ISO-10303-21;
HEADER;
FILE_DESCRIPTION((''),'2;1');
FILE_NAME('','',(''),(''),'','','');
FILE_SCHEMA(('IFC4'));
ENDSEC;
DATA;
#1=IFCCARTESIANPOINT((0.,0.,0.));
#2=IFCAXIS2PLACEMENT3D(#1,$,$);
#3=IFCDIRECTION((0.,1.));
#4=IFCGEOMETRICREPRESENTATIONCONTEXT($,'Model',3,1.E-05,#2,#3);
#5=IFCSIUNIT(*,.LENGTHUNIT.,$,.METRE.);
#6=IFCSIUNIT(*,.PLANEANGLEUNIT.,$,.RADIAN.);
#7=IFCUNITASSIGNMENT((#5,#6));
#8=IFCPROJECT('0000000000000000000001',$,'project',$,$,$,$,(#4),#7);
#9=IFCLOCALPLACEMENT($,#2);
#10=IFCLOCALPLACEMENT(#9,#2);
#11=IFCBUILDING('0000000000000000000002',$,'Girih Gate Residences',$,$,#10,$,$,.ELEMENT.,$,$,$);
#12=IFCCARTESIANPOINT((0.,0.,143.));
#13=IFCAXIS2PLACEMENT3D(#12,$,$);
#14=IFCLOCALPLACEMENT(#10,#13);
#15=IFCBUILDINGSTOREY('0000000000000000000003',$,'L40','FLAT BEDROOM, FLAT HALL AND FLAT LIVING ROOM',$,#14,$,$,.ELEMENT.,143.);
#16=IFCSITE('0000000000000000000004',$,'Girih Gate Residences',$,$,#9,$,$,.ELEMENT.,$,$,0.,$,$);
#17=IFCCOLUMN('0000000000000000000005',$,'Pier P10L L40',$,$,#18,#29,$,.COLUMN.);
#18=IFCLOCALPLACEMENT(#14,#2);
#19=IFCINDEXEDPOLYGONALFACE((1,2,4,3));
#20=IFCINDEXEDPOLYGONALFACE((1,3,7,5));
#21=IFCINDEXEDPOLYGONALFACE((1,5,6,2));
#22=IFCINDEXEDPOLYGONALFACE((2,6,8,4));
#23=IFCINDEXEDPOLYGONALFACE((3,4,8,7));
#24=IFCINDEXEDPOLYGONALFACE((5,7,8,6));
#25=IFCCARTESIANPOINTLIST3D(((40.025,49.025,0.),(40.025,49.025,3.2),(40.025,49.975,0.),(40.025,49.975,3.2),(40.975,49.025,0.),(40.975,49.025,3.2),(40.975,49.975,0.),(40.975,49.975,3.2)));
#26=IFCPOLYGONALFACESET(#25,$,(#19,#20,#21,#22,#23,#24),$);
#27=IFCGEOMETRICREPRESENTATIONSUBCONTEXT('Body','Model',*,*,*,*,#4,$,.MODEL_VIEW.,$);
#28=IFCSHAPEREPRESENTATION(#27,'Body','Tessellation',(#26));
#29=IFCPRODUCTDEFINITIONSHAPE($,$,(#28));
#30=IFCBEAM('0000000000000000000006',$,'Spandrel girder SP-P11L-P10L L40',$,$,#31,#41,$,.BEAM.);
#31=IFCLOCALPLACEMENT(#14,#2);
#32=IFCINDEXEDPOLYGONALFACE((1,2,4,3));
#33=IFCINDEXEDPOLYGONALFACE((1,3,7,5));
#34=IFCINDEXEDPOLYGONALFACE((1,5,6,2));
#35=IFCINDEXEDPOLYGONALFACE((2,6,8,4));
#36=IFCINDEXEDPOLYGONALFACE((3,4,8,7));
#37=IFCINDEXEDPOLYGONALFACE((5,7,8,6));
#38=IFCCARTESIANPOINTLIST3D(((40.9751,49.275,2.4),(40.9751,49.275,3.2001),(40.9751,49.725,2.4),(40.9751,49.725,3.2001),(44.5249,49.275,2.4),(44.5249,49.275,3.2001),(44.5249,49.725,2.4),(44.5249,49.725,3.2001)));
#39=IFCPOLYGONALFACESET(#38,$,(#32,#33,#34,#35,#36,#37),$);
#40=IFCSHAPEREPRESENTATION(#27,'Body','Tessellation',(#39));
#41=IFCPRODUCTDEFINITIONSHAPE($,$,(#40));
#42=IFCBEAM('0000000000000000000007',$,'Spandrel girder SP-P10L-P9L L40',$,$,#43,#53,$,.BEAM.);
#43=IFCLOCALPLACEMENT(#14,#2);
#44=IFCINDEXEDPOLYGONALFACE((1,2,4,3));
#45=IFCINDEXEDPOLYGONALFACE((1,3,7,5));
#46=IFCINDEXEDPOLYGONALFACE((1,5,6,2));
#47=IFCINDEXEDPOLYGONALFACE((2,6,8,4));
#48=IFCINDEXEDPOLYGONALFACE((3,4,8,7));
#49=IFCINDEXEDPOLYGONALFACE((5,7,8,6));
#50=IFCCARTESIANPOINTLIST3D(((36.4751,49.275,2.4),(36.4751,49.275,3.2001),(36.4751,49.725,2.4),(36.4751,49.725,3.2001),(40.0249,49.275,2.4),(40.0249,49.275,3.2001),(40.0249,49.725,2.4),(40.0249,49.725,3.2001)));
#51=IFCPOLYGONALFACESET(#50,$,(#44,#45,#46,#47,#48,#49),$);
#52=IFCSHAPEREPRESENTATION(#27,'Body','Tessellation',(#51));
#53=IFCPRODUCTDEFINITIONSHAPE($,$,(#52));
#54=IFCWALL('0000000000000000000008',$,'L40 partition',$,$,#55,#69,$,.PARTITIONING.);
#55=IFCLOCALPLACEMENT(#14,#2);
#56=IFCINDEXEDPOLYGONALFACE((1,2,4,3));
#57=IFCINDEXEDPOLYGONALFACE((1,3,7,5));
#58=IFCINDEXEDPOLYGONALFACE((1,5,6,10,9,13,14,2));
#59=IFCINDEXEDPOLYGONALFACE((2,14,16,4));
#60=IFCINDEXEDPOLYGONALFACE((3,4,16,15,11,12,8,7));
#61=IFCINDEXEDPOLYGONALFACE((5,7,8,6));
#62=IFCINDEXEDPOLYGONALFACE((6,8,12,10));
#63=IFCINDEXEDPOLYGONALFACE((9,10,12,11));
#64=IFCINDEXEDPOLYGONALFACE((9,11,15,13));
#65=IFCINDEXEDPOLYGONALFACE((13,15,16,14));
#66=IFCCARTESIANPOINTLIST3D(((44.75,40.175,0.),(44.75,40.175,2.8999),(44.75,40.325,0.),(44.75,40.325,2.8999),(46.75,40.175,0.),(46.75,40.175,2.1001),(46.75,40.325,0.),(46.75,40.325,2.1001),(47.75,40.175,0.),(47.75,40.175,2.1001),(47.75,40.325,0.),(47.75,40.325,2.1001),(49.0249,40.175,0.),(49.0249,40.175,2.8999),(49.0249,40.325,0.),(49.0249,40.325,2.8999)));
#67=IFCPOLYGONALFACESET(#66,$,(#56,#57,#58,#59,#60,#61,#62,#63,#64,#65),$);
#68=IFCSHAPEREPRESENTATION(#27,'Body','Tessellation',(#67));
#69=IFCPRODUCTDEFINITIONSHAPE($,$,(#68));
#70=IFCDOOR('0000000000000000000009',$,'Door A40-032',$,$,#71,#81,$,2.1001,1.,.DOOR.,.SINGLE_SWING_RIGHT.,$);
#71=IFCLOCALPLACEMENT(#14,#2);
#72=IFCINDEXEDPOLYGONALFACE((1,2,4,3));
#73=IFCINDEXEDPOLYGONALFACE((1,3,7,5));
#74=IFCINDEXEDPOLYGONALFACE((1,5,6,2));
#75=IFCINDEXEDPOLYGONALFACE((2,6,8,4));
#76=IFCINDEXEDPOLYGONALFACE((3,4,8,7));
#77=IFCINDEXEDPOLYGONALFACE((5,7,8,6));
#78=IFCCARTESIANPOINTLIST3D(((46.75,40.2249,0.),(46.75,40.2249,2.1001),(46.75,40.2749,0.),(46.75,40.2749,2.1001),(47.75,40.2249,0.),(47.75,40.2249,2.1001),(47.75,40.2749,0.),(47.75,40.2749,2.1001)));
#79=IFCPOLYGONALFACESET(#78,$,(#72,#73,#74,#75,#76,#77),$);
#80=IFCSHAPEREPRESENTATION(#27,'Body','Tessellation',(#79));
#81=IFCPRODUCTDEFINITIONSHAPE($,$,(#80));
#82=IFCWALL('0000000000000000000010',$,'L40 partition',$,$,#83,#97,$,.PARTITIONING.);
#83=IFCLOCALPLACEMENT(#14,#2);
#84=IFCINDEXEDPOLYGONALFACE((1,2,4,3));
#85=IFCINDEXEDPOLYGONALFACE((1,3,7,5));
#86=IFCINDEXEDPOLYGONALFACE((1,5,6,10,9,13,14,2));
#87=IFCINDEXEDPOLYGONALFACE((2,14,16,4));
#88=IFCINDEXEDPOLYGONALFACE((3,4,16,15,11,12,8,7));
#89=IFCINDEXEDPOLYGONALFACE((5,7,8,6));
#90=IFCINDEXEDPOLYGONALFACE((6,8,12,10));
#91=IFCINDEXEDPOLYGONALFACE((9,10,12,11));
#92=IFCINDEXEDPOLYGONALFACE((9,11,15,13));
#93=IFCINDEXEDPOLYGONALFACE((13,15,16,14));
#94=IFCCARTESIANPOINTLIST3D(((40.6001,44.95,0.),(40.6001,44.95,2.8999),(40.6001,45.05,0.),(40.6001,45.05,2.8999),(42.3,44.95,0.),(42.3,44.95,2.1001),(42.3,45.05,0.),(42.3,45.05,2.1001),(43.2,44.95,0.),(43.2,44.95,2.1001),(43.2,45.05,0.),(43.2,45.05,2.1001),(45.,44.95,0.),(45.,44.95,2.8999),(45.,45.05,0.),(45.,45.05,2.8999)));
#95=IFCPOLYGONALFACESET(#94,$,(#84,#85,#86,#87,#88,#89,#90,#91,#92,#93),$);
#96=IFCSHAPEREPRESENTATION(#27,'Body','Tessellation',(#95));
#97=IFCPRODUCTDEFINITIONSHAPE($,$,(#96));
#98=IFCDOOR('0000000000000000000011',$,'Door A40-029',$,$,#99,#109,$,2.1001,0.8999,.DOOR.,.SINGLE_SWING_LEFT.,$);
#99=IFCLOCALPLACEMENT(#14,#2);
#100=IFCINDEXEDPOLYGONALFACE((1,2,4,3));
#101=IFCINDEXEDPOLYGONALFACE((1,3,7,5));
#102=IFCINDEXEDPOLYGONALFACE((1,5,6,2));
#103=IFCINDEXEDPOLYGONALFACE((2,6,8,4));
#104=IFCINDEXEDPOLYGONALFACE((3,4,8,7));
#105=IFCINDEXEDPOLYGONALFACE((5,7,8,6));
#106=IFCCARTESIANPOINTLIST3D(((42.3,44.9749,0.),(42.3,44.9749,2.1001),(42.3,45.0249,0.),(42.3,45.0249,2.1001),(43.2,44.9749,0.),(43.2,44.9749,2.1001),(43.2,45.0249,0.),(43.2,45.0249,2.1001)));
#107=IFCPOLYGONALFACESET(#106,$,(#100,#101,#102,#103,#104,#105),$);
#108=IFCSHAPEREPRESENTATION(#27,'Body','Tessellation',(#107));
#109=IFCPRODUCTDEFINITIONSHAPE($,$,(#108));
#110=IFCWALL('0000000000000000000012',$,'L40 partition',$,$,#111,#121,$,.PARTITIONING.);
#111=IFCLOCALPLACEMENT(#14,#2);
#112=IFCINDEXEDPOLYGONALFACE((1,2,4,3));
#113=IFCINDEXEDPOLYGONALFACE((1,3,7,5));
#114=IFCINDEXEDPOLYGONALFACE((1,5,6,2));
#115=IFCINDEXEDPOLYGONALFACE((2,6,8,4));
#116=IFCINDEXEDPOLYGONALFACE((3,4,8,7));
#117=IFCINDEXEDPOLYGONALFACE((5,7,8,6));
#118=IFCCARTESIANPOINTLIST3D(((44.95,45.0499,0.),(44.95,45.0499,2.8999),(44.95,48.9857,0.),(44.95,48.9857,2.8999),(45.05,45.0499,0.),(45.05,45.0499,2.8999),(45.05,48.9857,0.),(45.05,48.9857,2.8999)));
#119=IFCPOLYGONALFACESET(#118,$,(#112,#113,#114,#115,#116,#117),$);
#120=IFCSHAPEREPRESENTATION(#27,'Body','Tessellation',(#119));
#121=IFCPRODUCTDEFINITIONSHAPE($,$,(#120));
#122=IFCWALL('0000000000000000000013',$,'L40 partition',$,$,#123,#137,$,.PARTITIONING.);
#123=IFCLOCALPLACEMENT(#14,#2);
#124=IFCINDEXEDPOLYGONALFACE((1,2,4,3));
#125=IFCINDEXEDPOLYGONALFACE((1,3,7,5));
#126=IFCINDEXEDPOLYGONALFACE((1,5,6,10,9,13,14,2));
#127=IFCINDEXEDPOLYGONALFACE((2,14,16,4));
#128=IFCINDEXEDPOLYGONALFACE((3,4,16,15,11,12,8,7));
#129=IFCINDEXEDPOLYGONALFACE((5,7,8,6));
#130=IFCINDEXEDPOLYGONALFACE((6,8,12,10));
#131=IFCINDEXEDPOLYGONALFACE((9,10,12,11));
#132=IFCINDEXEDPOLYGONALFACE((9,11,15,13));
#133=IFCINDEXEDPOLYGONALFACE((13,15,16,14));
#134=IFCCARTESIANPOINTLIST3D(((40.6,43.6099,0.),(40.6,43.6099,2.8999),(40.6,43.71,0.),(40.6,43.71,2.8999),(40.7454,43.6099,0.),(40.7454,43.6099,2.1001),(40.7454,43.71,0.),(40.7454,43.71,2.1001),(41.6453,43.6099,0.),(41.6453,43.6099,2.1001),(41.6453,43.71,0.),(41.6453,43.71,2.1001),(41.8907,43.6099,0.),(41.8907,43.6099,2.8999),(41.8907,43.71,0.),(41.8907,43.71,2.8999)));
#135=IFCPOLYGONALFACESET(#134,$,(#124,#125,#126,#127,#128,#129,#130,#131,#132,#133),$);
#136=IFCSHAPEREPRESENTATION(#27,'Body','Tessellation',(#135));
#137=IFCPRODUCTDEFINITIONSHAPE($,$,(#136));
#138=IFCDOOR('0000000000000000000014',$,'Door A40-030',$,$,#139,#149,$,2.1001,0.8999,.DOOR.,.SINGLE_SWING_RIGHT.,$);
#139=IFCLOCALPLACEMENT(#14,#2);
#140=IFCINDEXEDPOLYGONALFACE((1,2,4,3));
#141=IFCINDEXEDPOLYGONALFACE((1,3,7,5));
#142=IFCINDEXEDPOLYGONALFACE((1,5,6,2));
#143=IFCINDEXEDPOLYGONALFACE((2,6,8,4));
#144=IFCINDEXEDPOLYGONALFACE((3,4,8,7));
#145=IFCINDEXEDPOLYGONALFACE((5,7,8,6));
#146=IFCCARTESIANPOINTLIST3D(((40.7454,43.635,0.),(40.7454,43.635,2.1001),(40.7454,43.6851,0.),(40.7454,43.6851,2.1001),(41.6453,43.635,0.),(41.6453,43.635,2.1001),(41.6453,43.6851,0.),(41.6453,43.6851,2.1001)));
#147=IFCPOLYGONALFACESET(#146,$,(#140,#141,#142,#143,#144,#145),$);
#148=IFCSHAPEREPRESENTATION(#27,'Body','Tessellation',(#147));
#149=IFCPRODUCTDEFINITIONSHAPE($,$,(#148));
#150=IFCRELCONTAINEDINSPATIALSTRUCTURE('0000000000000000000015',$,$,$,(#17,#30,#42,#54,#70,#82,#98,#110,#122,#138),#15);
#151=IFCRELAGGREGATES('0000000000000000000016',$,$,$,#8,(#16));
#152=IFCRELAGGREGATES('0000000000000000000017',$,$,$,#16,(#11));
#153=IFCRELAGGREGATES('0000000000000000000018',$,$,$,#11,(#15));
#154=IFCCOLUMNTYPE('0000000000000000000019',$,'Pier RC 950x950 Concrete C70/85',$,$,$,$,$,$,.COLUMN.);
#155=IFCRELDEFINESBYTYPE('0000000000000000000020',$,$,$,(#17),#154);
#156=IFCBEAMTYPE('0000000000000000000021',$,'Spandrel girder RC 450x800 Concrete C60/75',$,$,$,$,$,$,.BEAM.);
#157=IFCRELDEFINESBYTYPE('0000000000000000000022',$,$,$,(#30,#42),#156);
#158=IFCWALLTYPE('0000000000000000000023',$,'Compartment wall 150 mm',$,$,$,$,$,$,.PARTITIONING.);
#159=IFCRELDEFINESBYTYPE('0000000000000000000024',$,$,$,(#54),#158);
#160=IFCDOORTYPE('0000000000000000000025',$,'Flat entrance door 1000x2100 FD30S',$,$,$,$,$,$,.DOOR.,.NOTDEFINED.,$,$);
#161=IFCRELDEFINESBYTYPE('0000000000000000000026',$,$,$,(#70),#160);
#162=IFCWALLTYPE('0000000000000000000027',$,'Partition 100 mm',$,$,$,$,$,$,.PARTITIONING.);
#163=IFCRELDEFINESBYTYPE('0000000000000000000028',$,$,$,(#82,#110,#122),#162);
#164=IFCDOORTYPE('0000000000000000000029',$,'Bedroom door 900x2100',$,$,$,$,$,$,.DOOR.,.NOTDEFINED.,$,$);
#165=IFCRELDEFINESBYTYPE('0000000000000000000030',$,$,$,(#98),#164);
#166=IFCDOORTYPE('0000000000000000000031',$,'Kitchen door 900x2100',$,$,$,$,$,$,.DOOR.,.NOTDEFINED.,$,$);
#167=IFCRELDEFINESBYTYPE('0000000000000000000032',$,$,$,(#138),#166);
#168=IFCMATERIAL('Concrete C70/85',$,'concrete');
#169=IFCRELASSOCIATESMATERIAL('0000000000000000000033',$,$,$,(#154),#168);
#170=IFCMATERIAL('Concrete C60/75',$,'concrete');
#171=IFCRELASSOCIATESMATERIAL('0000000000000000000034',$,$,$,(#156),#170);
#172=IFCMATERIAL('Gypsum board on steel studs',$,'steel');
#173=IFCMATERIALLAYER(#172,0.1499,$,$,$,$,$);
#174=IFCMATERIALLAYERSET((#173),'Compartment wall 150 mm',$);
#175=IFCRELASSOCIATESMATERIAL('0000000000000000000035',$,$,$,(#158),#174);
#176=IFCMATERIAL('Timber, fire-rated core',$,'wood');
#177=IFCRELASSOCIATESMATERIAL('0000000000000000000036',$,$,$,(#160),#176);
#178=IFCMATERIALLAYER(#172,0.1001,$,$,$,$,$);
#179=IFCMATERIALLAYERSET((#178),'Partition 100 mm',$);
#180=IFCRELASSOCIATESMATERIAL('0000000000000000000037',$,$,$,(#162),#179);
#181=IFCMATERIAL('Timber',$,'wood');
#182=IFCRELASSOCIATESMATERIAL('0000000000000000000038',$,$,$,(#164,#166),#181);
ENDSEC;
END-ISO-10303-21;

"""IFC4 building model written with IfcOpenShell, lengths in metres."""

from ifc_helpers import new_model, si_unit, direction, frame, frame_2d, origin, origin_2d, place, context, subcontext, project, spatial, rectangle, extrude, material, layer, layer_set, material_profile, profile_set, type_object, element, fill, save


model = new_model("IFC4")

# Units and contexts
model_context = context("Model", 3, precision=1e-05, world=origin(), true_north=direction((0.0, 1.0)))
body_context = subcontext(model_context, "Body", "Model", "MODEL_VIEW")
ifc_project = project(units=[si_unit("LENGTHUNIT", "METRE"), si_unit("PLANEANGLEUNIT", "RADIAN")], contexts=[model_context])

# Site, building, storey
site_placement = place(None, origin())
site = spatial("IfcSite", under=ifc_project, at=site_placement, Name="Girih Gate Residences", CompositionType="ELEMENT", RefElevation=0.0)
building_placement = place(site_placement, origin())
building = spatial("IfcBuilding", under=site, at=building_placement, Name="Girih Gate Residences", CompositionType="ELEMENT")
storey_placement = place(building_placement, frame((0.0, 0.0, 143.0)))
storey = spatial("IfcBuildingStorey", under=building, at=storey_placement, Name="L40", Description="FLAT BEDROOM, FLAT HALL AND FLAT LIVING ROOM", CompositionType="ELEMENT", Elevation=143.0)

# Column
ifc_material_1 = material(Name="Concrete C70/85", Category="concrete")
ifc_material_profile_1 = material_profile(ifc_material_1, rectangle(XDim=0.95, YDim=0.95, at=origin_2d()))
ifc_profile_set_1 = profile_set([ifc_material_profile_1], Name="Concrete C70/85")
column_type = type_object("IfcColumnType", Name="Pier RC 950x950 Concrete C70/85", PredefinedType="COLUMN", material=ifc_profile_set_1)
column_placement = place(storey_placement, frame((40.5, 49.5, 0.0), z_axis=(0.0, 0.0, 1.0), x_axis=(1.0, 0.0, 0.0)))
element("IfcColumn", 1, at=column_placement, inside=storey, type_object=column_type, Name="Pier P10L L40", PredefinedType="COLUMN", context=body_context, shape_type="SweptSolid", body=[
    extrude(rectangle(XDim=0.95, YDim=0.95, at=origin_2d()), origin(), (0.0, 0.0, 1.0), 3.2),
])

# Beams
ifc_material_2 = material(Name="Concrete C60/75", Category="concrete")
ifc_material_profile_2 = material_profile(ifc_material_2, rectangle(XDim=0.45, YDim=0.8, at=origin_2d()))
ifc_profile_set_2 = profile_set([ifc_material_profile_2], Name="Concrete C60/75")
beam_type = type_object("IfcBeamType", Name="Spandrel girder RC 450x800 Concrete C60/75", PredefinedType="BEAM", material=ifc_profile_set_2)
for number, where, z_axis, x_axis, name in (
    (2, (44.5249, 49.5, 2.8), (-1.0, 0.0, 0.0), (0.0, -1.0, 0.0), "Spandrel girder SP-P11L-P10L L40"),
    (3, (40.0249, 49.5, 2.8), (-1.0, 0.0, 0.0), (0.0, -1.0, 0.0), "Spandrel girder SP-P10L-P9L L40"),
):
    element("IfcBeam", number, at=place(storey_placement, frame(where, z_axis=z_axis, x_axis=x_axis)), inside=storey, type_object=beam_type, Name=name, PredefinedType="BEAM", context=body_context, shape_type="SweptSolid", body=[
        extrude(rectangle(XDim=0.45, YDim=0.8, at=origin_2d()), origin(), (0.0, 0.0, 1.0), 3.5498),
    ])

# Walls, openings, doors
ifc_material_3 = material(Name="Gypsum board on steel studs", Category="steel")
ifc_layer_1 = layer(ifc_material_3, 0.1499)
ifc_layer_set_1 = layer_set([ifc_layer_1], Name="Compartment wall 150 mm")
wall_type_1 = type_object("IfcWallType", Name="Compartment wall 150 mm", PredefinedType="PARTITIONING", material=ifc_layer_set_1)
wall_1_placement = place(storey_placement, frame((44.75, 40.25, 0.0), z_axis=(0.0, 0.0, 1.0), x_axis=(1.0, 0.0, 0.0)))
wall_1 = element("IfcWall", 4, at=wall_1_placement, inside=storey, type_object=wall_type_1, Name="L40 partition", PredefinedType="PARTITIONING", context=body_context, shape_type="SweptSolid", body=[
    extrude(rectangle(XDim=4.2749, YDim=0.1499, at=frame_2d((2.1375, 0.0))), origin(), (0.0, 0.0, 1.0), 2.8999),
])
opening_1_placement = place(wall_1_placement, frame((2.0, 0.0, 0.0)))
opening_1 = element("IfcOpeningElement", 5, at=opening_1_placement, cuts=wall_1, PredefinedType="OPENING", context=body_context, shape_type="SweptSolid", body=[
    extrude(rectangle(XDim=1.0, YDim=2.1001, at=frame_2d((0.5, 1.05))), frame((0.0, 0.085, 0.0), z_axis=(0.0, -1.0, 0.0), x_axis=(1.0, 0.0, 0.0)), (0.0, 0.0, 1.0), 0.1699),
])
ifc_material_4 = material(Name="Timber, fire-rated core", Category="wood")
door_type_1 = type_object("IfcDoorType", Name="Flat entrance door 1000x2100 FD30S", OperationType="NOTDEFINED", PredefinedType="DOOR", material=ifc_material_4)
door_1_placement = place(opening_1_placement, origin())
door_1 = element("IfcDoor", 6, at=door_1_placement, inside=storey, type_object=door_type_1, Name="Door A40-032", OperationType="SINGLE_SWING_RIGHT", OverallHeight=2.1001, OverallWidth=1.0, PredefinedType="DOOR", context=body_context, shape_type="SweptSolid", body=[
    extrude(rectangle(XDim=1.0, YDim=2.1001, at=frame_2d((0.5, 1.05))), frame((0.0, 0.0249, 0.0), z_axis=(0.0, -1.0, 0.0), x_axis=(1.0, 0.0, 0.0)), (0.0, 0.0, 1.0), 0.05),
])
fill(opening_1, door_1)
ifc_layer_2 = layer(ifc_material_3, 0.1001)
ifc_layer_set_2 = layer_set([ifc_layer_2], Name="Partition 100 mm")
wall_type_2 = type_object("IfcWallType", Name="Partition 100 mm", PredefinedType="PARTITIONING", material=ifc_layer_set_2)
wall_2_placement = place(storey_placement, frame((40.6001, 45.0, 0.0), z_axis=(0.0, 0.0, 1.0), x_axis=(1.0, 0.0, 0.0)))
wall_2 = element("IfcWall", 7, at=wall_2_placement, inside=storey, type_object=wall_type_2, Name="L40 partition", PredefinedType="PARTITIONING", context=body_context, shape_type="SweptSolid", body=[
    extrude(rectangle(XDim=4.3999, YDim=0.1001, at=frame_2d((2.2, 0.0))), origin(), (0.0, 0.0, 1.0), 2.8999),
])
opening_2_placement = place(wall_2_placement, frame((1.7, 0.0, 0.0)))
opening_2 = element("IfcOpeningElement", 8, at=opening_2_placement, cuts=wall_2, PredefinedType="OPENING", context=body_context, shape_type="SweptSolid", body=[
    extrude(rectangle(XDim=0.8999, YDim=2.1001, at=frame_2d((0.45, 1.05))), frame((0.0, 0.0601, 0.0), z_axis=(0.0, -1.0, 0.0), x_axis=(1.0, 0.0, 0.0)), (0.0, 0.0, 1.0), 0.1201),
])
ifc_material_5 = material(Name="Timber", Category="wood")
door_type_2 = type_object("IfcDoorType", Name="Bedroom door 900x2100", OperationType="NOTDEFINED", PredefinedType="DOOR", material=ifc_material_5)
door_2_placement = place(opening_2_placement, origin())
door_2 = element("IfcDoor", 9, at=door_2_placement, inside=storey, type_object=door_type_2, Name="Door A40-029", OperationType="SINGLE_SWING_LEFT", OverallHeight=2.1001, OverallWidth=0.8999, PredefinedType="DOOR", context=body_context, shape_type="SweptSolid", body=[
    extrude(rectangle(XDim=0.8999, YDim=2.1001, at=frame_2d((0.45, 1.05))), frame((0.0, 0.0249, 0.0), z_axis=(0.0, -1.0, 0.0), x_axis=(1.0, 0.0, 0.0)), (0.0, 0.0, 1.0), 0.05),
])
fill(opening_2, door_2)

# Wall
wall_3_placement = place(storey_placement, frame((45.0, 45.05, 0.0), z_axis=(0.0, 0.0, 1.0), x_axis=(0.0, 1.0, 0.0)))
element("IfcWall", 10, at=wall_3_placement, inside=storey, type_object=wall_type_2, Name="L40 partition", PredefinedType="PARTITIONING", context=body_context, shape_type="SweptSolid", body=[
    extrude(rectangle(XDim=3.9358, YDim=0.1001, at=frame_2d((1.9678, 0.0))), origin(), (0.0, 0.0, 1.0), 2.8999),
])

# Wall, opening, door
wall_4_placement = place(storey_placement, frame((41.8909, 43.6599, 0.0), z_axis=(0.0, 0.0, 1.0), x_axis=(-1.0, 0.0, 0.0)))
wall_4 = element("IfcWall", 11, at=wall_4_placement, inside=storey, type_object=wall_type_2, Name="L40 partition", PredefinedType="PARTITIONING", context=body_context, shape_type="SweptSolid", body=[
    extrude(rectangle(XDim=1.2908, YDim=0.1001, at=frame_2d((0.6455, 0.0))), origin(), (0.0, 0.0, 1.0), 2.8999),
])
opening_3_placement = place(wall_4_placement, frame((0.2456, 0.0, 0.0)))
opening_3 = element("IfcOpeningElement", 12, at=opening_3_placement, cuts=wall_4, PredefinedType="OPENING", context=body_context, shape_type="SweptSolid", body=[
    extrude(rectangle(XDim=0.8999, YDim=2.1001, at=frame_2d((0.45, 1.05))), frame((0.0, 0.0601, 0.0), z_axis=(0.0, -1.0, 0.0), x_axis=(1.0, 0.0, 0.0)), (0.0, 0.0, 1.0), 0.1201),
])
door_type_3 = type_object("IfcDoorType", Name="Kitchen door 900x2100", OperationType="NOTDEFINED", PredefinedType="DOOR", material=ifc_material_5)
door_3_placement = place(opening_3_placement, origin())
door_3 = element("IfcDoor", 13, at=door_3_placement, inside=storey, type_object=door_type_3, Name="Door A40-030", OperationType="SINGLE_SWING_RIGHT", OverallHeight=2.1001, OverallWidth=0.8999, PredefinedType="DOOR", context=body_context, shape_type="SweptSolid", body=[
    extrude(rectangle(XDim=0.8999, YDim=2.1001, at=frame_2d((0.45, 1.05))), frame((0.0, 0.0249, 0.0), z_axis=(0.0, -1.0, 0.0), x_axis=(1.0, 0.0, 0.0)), (0.0, 0.0, 1.0), 0.05),
])
fill(opening_3, door_3)

save(model, "model.ifc")
